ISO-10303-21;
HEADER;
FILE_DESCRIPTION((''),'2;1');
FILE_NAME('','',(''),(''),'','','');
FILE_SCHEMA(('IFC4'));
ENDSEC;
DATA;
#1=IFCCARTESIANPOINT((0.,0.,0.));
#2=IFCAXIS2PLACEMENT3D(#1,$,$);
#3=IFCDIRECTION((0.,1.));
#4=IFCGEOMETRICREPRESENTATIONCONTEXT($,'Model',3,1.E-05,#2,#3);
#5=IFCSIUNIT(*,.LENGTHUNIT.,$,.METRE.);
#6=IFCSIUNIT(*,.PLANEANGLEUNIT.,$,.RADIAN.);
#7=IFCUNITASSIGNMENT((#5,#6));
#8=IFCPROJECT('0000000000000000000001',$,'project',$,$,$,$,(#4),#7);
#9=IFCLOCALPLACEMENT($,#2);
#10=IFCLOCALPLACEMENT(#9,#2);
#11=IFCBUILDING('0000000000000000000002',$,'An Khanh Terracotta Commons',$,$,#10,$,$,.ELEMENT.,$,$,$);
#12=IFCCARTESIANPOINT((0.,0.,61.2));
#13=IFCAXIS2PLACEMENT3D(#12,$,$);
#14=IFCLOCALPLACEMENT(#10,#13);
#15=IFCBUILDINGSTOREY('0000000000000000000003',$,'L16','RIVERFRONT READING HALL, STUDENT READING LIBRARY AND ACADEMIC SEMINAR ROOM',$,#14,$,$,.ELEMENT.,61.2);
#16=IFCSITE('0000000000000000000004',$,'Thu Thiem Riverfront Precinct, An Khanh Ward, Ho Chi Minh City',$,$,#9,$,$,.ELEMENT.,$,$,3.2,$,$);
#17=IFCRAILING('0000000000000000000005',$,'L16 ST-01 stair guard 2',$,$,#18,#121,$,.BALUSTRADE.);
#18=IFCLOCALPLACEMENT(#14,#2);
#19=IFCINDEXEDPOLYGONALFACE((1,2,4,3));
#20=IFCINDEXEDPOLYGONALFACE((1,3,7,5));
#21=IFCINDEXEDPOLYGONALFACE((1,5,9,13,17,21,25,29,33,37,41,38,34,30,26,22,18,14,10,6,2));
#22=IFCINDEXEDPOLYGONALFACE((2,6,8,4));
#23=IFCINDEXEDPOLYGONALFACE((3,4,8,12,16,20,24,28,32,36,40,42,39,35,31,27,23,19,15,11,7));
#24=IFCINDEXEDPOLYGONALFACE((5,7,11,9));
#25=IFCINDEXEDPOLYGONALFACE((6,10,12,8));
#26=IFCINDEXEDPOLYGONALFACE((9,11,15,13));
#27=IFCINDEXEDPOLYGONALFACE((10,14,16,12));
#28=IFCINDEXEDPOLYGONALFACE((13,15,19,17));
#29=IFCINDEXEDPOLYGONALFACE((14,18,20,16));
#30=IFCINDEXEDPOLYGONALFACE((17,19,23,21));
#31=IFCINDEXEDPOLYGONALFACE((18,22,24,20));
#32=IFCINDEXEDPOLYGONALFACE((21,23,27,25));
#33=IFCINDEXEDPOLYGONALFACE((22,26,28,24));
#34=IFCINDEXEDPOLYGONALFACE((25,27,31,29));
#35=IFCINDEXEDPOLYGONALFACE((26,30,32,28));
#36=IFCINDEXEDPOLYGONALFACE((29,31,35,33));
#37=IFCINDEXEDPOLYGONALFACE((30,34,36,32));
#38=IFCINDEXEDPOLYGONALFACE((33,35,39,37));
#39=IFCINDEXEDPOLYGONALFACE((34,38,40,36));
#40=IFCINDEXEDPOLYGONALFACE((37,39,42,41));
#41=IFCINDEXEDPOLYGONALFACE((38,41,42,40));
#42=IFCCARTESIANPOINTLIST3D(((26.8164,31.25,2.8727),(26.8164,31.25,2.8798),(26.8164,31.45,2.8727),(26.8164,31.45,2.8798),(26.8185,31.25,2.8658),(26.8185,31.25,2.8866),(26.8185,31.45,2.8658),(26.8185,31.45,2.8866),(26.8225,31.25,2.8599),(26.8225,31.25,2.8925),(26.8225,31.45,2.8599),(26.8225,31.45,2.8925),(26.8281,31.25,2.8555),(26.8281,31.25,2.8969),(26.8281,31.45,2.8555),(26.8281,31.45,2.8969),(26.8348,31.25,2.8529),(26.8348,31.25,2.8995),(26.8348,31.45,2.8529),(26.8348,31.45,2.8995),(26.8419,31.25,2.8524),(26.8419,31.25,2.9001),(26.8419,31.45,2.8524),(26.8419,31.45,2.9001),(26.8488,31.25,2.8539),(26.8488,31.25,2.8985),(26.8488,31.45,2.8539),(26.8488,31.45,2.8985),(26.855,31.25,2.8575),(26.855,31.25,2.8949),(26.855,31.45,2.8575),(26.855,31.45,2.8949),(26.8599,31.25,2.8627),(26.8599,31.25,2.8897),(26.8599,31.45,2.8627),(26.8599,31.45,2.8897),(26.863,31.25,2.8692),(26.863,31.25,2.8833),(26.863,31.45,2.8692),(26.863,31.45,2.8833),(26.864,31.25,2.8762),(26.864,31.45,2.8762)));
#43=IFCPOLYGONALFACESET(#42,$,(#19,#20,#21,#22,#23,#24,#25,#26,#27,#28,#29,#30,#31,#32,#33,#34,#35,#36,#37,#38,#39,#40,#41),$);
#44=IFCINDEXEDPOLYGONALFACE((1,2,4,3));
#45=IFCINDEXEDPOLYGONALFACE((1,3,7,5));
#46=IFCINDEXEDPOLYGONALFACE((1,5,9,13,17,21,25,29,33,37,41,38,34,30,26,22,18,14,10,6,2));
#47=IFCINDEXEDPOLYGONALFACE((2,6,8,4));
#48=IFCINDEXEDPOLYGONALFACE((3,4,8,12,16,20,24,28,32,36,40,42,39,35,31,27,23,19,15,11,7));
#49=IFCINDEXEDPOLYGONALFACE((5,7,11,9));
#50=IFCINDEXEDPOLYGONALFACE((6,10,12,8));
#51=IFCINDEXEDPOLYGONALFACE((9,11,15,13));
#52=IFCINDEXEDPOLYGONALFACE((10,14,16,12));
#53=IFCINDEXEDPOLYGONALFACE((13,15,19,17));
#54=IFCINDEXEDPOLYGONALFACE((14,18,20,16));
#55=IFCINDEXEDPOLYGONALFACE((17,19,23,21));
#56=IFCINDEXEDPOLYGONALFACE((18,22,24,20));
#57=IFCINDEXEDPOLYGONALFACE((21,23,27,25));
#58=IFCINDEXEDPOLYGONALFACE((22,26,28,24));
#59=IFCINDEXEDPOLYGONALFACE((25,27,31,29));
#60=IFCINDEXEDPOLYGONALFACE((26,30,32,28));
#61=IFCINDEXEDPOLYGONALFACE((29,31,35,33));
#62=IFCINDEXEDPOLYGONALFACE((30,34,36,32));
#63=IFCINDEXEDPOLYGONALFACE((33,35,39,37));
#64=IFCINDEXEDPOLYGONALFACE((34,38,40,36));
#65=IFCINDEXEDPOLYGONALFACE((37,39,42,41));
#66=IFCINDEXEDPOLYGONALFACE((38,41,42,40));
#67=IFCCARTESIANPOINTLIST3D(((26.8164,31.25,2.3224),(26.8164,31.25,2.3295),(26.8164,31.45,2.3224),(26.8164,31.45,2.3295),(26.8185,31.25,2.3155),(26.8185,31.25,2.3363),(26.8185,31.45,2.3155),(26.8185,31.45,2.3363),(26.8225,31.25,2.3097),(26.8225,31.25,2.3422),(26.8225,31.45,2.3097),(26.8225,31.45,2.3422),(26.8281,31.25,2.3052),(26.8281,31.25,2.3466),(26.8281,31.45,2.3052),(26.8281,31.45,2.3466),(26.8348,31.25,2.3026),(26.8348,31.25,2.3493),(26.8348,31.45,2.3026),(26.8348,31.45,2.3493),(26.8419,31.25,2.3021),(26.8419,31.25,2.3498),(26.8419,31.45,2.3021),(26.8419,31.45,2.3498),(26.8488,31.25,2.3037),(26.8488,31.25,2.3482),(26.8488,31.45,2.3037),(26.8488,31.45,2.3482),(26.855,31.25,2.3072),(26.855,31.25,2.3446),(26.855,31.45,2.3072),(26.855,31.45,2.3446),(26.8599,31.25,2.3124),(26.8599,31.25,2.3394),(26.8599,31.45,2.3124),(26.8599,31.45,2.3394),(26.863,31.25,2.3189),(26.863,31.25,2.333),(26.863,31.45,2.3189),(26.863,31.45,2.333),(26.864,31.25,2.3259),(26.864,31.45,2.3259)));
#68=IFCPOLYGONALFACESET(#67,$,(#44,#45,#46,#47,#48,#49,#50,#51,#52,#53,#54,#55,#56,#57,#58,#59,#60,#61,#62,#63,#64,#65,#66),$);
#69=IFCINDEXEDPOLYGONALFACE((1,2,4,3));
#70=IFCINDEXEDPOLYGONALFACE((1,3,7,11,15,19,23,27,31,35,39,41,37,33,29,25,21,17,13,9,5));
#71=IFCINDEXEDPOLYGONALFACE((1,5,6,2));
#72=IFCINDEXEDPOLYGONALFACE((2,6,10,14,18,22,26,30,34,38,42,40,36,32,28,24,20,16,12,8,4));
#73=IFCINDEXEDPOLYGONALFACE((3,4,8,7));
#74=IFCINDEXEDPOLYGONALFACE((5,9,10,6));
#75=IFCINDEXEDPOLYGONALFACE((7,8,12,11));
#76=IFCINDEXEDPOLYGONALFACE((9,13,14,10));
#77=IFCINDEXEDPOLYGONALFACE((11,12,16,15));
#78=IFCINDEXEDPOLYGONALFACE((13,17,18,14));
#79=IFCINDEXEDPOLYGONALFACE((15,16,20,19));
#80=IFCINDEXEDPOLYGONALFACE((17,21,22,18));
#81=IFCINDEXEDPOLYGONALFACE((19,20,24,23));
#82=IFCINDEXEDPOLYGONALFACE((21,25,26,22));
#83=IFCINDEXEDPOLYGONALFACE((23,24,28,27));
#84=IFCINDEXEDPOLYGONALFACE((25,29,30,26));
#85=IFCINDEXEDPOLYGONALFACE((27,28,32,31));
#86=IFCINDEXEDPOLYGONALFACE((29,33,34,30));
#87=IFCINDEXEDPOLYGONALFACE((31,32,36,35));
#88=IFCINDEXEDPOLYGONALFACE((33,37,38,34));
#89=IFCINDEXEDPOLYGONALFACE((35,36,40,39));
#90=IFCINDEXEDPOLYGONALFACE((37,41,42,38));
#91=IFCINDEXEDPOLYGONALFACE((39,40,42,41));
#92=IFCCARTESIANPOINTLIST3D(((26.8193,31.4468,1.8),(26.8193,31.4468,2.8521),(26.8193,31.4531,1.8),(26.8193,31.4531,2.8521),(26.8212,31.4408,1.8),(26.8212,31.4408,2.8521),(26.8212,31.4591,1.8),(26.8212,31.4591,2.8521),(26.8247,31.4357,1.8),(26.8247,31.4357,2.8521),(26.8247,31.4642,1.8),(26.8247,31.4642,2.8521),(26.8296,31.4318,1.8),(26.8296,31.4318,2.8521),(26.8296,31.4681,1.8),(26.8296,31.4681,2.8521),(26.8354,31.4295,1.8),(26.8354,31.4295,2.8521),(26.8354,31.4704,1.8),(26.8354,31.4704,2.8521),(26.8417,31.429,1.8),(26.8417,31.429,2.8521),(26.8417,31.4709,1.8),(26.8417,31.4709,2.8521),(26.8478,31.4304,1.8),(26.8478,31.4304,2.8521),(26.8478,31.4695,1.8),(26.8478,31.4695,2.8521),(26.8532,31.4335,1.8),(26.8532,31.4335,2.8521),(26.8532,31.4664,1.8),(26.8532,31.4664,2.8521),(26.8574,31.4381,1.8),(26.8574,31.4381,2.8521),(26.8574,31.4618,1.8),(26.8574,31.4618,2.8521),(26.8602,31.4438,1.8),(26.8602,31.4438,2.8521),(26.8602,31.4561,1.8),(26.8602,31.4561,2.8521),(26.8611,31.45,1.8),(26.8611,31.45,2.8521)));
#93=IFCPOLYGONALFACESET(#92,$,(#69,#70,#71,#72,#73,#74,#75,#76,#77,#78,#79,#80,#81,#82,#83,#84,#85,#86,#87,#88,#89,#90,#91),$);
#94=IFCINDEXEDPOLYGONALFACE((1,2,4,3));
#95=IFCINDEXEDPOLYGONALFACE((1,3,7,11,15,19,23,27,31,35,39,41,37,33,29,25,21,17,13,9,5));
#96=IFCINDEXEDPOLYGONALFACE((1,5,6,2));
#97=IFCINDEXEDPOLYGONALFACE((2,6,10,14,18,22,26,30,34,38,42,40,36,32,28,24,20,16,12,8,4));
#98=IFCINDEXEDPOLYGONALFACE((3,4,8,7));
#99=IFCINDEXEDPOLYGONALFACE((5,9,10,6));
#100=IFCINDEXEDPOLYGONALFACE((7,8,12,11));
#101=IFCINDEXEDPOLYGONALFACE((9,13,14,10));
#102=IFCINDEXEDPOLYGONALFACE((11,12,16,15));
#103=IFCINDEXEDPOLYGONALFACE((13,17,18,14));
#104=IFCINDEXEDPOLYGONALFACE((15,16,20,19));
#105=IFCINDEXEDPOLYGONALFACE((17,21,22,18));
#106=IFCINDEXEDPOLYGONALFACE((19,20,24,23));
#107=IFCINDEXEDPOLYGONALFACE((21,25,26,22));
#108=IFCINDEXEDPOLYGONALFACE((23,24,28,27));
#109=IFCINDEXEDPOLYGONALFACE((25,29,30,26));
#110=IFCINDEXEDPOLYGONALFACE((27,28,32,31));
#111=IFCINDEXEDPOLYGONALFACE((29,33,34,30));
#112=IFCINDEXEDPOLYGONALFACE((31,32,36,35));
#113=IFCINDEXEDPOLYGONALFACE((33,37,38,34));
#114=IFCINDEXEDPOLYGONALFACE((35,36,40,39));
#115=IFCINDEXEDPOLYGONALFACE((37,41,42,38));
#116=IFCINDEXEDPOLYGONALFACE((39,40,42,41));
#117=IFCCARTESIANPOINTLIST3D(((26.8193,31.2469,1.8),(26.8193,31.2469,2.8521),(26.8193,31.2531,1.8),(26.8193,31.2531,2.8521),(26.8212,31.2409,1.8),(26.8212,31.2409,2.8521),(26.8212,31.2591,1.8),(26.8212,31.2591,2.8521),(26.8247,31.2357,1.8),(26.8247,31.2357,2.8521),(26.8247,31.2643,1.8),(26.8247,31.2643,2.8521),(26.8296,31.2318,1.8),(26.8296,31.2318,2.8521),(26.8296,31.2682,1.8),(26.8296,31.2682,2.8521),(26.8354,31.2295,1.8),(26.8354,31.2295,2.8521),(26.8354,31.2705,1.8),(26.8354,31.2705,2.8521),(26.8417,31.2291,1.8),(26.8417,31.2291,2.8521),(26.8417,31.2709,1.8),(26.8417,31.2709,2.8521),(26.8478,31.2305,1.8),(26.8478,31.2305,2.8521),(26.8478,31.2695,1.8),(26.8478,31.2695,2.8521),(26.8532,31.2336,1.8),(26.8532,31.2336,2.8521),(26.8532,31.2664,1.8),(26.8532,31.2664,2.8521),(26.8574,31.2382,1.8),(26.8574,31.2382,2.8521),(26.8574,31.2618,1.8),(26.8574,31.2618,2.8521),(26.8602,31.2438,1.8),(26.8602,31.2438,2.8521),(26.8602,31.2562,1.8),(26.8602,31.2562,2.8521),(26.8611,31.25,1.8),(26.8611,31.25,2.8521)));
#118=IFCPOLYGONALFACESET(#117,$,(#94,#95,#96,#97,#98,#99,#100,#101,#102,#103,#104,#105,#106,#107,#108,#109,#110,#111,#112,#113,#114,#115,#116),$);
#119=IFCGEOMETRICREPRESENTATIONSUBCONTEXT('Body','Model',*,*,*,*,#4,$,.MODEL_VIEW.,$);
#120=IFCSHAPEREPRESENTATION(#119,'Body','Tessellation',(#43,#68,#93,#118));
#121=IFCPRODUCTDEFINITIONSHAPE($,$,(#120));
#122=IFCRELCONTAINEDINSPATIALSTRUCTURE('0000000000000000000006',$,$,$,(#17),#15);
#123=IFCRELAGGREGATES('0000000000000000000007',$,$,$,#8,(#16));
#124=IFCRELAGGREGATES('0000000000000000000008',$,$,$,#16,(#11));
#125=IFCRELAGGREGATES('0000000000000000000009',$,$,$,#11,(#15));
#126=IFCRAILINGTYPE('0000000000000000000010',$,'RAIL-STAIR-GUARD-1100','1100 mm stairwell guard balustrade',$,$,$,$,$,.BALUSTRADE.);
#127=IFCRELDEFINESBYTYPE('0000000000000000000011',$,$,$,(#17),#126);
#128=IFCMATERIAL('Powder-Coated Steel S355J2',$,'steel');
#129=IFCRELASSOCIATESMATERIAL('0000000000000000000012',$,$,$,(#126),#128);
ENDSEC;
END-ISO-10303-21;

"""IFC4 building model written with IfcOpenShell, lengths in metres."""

from ifc_helpers import new_model, si_unit, direction, frame, origin, origin_2d, place, context, subcontext, project, spatial, circle, extrude, material, type_object, element, save


model = new_model("IFC4")

# Units and contexts
model_context = context("Model", 3, precision=1e-05, world=origin(), true_north=direction((0.0, 1.0)))
body_context = subcontext(model_context, "Body", "Model", "MODEL_VIEW")
ifc_project = project(units=[si_unit("LENGTHUNIT", "METRE"), si_unit("PLANEANGLEUNIT", "RADIAN")], contexts=[model_context])

# Site, building, storey
site_placement = place(None, origin())
site = spatial("IfcSite", under=ifc_project, at=site_placement, Name="Thu Thiem Riverfront Precinct, An Khanh Ward, Ho Chi Minh City", CompositionType="ELEMENT", RefElevation=3.2)
building_placement = place(site_placement, origin())
building = spatial("IfcBuilding", under=site, at=building_placement, Name="An Khanh Terracotta Commons", CompositionType="ELEMENT")
storey_placement = place(building_placement, frame((0.0, 0.0, 61.2)))
storey = spatial("IfcBuildingStorey", under=building, at=storey_placement, Name="L16", Description="RIVERFRONT READING HALL, STUDENT READING LIBRARY AND ACADEMIC SEMINAR ROOM", CompositionType="ELEMENT", Elevation=61.2)

# Railing
ifc_material_1 = material(Name="Powder-Coated Steel S355J2", Category="steel")
railing_type_1 = type_object("IfcRailingType", Name="RAIL-STAIR-GUARD-1100", Description="1100 mm stairwell guard balustrade", PredefinedType="BALUSTRADE", material=ifc_material_1)
railing_1_placement = place(storey_placement, frame((26.8401, 31.45, 1.8)))
element("IfcRailing", 1, at=railing_1_placement, inside=storey, type_object=railing_type_1, Name="L16 ST-01 stair guard 2", PredefinedType="BALUSTRADE", context=body_context, shape_type="SweptSolid", body=[
    extrude(circle(Radius=0.0239, at=origin_2d()), frame((0.0, 0.0, 1.0762), z_axis=(0.0, -1.0, 0.0), x_axis=(1.0, 0.0, 0.0)), (0.0, 0.0, 1.0), 0.2),
    extrude(circle(Radius=0.0239, at=origin_2d()), frame((0.0, 0.0, 0.5259), z_axis=(0.0, -1.0, 0.0), x_axis=(1.0, 0.0, 0.0)), (0.0, 0.0, 1.0), 0.2),
    extrude(circle(Radius=0.021, at=origin_2d()), origin(), (0.0, 0.0, 1.0), 1.052),
    extrude(circle(Radius=0.021, at=origin_2d()), frame((0.0, -0.2, 0.0)), (0.0, 0.0, 1.0), 1.052),
])

save(model, "model.ifc")
